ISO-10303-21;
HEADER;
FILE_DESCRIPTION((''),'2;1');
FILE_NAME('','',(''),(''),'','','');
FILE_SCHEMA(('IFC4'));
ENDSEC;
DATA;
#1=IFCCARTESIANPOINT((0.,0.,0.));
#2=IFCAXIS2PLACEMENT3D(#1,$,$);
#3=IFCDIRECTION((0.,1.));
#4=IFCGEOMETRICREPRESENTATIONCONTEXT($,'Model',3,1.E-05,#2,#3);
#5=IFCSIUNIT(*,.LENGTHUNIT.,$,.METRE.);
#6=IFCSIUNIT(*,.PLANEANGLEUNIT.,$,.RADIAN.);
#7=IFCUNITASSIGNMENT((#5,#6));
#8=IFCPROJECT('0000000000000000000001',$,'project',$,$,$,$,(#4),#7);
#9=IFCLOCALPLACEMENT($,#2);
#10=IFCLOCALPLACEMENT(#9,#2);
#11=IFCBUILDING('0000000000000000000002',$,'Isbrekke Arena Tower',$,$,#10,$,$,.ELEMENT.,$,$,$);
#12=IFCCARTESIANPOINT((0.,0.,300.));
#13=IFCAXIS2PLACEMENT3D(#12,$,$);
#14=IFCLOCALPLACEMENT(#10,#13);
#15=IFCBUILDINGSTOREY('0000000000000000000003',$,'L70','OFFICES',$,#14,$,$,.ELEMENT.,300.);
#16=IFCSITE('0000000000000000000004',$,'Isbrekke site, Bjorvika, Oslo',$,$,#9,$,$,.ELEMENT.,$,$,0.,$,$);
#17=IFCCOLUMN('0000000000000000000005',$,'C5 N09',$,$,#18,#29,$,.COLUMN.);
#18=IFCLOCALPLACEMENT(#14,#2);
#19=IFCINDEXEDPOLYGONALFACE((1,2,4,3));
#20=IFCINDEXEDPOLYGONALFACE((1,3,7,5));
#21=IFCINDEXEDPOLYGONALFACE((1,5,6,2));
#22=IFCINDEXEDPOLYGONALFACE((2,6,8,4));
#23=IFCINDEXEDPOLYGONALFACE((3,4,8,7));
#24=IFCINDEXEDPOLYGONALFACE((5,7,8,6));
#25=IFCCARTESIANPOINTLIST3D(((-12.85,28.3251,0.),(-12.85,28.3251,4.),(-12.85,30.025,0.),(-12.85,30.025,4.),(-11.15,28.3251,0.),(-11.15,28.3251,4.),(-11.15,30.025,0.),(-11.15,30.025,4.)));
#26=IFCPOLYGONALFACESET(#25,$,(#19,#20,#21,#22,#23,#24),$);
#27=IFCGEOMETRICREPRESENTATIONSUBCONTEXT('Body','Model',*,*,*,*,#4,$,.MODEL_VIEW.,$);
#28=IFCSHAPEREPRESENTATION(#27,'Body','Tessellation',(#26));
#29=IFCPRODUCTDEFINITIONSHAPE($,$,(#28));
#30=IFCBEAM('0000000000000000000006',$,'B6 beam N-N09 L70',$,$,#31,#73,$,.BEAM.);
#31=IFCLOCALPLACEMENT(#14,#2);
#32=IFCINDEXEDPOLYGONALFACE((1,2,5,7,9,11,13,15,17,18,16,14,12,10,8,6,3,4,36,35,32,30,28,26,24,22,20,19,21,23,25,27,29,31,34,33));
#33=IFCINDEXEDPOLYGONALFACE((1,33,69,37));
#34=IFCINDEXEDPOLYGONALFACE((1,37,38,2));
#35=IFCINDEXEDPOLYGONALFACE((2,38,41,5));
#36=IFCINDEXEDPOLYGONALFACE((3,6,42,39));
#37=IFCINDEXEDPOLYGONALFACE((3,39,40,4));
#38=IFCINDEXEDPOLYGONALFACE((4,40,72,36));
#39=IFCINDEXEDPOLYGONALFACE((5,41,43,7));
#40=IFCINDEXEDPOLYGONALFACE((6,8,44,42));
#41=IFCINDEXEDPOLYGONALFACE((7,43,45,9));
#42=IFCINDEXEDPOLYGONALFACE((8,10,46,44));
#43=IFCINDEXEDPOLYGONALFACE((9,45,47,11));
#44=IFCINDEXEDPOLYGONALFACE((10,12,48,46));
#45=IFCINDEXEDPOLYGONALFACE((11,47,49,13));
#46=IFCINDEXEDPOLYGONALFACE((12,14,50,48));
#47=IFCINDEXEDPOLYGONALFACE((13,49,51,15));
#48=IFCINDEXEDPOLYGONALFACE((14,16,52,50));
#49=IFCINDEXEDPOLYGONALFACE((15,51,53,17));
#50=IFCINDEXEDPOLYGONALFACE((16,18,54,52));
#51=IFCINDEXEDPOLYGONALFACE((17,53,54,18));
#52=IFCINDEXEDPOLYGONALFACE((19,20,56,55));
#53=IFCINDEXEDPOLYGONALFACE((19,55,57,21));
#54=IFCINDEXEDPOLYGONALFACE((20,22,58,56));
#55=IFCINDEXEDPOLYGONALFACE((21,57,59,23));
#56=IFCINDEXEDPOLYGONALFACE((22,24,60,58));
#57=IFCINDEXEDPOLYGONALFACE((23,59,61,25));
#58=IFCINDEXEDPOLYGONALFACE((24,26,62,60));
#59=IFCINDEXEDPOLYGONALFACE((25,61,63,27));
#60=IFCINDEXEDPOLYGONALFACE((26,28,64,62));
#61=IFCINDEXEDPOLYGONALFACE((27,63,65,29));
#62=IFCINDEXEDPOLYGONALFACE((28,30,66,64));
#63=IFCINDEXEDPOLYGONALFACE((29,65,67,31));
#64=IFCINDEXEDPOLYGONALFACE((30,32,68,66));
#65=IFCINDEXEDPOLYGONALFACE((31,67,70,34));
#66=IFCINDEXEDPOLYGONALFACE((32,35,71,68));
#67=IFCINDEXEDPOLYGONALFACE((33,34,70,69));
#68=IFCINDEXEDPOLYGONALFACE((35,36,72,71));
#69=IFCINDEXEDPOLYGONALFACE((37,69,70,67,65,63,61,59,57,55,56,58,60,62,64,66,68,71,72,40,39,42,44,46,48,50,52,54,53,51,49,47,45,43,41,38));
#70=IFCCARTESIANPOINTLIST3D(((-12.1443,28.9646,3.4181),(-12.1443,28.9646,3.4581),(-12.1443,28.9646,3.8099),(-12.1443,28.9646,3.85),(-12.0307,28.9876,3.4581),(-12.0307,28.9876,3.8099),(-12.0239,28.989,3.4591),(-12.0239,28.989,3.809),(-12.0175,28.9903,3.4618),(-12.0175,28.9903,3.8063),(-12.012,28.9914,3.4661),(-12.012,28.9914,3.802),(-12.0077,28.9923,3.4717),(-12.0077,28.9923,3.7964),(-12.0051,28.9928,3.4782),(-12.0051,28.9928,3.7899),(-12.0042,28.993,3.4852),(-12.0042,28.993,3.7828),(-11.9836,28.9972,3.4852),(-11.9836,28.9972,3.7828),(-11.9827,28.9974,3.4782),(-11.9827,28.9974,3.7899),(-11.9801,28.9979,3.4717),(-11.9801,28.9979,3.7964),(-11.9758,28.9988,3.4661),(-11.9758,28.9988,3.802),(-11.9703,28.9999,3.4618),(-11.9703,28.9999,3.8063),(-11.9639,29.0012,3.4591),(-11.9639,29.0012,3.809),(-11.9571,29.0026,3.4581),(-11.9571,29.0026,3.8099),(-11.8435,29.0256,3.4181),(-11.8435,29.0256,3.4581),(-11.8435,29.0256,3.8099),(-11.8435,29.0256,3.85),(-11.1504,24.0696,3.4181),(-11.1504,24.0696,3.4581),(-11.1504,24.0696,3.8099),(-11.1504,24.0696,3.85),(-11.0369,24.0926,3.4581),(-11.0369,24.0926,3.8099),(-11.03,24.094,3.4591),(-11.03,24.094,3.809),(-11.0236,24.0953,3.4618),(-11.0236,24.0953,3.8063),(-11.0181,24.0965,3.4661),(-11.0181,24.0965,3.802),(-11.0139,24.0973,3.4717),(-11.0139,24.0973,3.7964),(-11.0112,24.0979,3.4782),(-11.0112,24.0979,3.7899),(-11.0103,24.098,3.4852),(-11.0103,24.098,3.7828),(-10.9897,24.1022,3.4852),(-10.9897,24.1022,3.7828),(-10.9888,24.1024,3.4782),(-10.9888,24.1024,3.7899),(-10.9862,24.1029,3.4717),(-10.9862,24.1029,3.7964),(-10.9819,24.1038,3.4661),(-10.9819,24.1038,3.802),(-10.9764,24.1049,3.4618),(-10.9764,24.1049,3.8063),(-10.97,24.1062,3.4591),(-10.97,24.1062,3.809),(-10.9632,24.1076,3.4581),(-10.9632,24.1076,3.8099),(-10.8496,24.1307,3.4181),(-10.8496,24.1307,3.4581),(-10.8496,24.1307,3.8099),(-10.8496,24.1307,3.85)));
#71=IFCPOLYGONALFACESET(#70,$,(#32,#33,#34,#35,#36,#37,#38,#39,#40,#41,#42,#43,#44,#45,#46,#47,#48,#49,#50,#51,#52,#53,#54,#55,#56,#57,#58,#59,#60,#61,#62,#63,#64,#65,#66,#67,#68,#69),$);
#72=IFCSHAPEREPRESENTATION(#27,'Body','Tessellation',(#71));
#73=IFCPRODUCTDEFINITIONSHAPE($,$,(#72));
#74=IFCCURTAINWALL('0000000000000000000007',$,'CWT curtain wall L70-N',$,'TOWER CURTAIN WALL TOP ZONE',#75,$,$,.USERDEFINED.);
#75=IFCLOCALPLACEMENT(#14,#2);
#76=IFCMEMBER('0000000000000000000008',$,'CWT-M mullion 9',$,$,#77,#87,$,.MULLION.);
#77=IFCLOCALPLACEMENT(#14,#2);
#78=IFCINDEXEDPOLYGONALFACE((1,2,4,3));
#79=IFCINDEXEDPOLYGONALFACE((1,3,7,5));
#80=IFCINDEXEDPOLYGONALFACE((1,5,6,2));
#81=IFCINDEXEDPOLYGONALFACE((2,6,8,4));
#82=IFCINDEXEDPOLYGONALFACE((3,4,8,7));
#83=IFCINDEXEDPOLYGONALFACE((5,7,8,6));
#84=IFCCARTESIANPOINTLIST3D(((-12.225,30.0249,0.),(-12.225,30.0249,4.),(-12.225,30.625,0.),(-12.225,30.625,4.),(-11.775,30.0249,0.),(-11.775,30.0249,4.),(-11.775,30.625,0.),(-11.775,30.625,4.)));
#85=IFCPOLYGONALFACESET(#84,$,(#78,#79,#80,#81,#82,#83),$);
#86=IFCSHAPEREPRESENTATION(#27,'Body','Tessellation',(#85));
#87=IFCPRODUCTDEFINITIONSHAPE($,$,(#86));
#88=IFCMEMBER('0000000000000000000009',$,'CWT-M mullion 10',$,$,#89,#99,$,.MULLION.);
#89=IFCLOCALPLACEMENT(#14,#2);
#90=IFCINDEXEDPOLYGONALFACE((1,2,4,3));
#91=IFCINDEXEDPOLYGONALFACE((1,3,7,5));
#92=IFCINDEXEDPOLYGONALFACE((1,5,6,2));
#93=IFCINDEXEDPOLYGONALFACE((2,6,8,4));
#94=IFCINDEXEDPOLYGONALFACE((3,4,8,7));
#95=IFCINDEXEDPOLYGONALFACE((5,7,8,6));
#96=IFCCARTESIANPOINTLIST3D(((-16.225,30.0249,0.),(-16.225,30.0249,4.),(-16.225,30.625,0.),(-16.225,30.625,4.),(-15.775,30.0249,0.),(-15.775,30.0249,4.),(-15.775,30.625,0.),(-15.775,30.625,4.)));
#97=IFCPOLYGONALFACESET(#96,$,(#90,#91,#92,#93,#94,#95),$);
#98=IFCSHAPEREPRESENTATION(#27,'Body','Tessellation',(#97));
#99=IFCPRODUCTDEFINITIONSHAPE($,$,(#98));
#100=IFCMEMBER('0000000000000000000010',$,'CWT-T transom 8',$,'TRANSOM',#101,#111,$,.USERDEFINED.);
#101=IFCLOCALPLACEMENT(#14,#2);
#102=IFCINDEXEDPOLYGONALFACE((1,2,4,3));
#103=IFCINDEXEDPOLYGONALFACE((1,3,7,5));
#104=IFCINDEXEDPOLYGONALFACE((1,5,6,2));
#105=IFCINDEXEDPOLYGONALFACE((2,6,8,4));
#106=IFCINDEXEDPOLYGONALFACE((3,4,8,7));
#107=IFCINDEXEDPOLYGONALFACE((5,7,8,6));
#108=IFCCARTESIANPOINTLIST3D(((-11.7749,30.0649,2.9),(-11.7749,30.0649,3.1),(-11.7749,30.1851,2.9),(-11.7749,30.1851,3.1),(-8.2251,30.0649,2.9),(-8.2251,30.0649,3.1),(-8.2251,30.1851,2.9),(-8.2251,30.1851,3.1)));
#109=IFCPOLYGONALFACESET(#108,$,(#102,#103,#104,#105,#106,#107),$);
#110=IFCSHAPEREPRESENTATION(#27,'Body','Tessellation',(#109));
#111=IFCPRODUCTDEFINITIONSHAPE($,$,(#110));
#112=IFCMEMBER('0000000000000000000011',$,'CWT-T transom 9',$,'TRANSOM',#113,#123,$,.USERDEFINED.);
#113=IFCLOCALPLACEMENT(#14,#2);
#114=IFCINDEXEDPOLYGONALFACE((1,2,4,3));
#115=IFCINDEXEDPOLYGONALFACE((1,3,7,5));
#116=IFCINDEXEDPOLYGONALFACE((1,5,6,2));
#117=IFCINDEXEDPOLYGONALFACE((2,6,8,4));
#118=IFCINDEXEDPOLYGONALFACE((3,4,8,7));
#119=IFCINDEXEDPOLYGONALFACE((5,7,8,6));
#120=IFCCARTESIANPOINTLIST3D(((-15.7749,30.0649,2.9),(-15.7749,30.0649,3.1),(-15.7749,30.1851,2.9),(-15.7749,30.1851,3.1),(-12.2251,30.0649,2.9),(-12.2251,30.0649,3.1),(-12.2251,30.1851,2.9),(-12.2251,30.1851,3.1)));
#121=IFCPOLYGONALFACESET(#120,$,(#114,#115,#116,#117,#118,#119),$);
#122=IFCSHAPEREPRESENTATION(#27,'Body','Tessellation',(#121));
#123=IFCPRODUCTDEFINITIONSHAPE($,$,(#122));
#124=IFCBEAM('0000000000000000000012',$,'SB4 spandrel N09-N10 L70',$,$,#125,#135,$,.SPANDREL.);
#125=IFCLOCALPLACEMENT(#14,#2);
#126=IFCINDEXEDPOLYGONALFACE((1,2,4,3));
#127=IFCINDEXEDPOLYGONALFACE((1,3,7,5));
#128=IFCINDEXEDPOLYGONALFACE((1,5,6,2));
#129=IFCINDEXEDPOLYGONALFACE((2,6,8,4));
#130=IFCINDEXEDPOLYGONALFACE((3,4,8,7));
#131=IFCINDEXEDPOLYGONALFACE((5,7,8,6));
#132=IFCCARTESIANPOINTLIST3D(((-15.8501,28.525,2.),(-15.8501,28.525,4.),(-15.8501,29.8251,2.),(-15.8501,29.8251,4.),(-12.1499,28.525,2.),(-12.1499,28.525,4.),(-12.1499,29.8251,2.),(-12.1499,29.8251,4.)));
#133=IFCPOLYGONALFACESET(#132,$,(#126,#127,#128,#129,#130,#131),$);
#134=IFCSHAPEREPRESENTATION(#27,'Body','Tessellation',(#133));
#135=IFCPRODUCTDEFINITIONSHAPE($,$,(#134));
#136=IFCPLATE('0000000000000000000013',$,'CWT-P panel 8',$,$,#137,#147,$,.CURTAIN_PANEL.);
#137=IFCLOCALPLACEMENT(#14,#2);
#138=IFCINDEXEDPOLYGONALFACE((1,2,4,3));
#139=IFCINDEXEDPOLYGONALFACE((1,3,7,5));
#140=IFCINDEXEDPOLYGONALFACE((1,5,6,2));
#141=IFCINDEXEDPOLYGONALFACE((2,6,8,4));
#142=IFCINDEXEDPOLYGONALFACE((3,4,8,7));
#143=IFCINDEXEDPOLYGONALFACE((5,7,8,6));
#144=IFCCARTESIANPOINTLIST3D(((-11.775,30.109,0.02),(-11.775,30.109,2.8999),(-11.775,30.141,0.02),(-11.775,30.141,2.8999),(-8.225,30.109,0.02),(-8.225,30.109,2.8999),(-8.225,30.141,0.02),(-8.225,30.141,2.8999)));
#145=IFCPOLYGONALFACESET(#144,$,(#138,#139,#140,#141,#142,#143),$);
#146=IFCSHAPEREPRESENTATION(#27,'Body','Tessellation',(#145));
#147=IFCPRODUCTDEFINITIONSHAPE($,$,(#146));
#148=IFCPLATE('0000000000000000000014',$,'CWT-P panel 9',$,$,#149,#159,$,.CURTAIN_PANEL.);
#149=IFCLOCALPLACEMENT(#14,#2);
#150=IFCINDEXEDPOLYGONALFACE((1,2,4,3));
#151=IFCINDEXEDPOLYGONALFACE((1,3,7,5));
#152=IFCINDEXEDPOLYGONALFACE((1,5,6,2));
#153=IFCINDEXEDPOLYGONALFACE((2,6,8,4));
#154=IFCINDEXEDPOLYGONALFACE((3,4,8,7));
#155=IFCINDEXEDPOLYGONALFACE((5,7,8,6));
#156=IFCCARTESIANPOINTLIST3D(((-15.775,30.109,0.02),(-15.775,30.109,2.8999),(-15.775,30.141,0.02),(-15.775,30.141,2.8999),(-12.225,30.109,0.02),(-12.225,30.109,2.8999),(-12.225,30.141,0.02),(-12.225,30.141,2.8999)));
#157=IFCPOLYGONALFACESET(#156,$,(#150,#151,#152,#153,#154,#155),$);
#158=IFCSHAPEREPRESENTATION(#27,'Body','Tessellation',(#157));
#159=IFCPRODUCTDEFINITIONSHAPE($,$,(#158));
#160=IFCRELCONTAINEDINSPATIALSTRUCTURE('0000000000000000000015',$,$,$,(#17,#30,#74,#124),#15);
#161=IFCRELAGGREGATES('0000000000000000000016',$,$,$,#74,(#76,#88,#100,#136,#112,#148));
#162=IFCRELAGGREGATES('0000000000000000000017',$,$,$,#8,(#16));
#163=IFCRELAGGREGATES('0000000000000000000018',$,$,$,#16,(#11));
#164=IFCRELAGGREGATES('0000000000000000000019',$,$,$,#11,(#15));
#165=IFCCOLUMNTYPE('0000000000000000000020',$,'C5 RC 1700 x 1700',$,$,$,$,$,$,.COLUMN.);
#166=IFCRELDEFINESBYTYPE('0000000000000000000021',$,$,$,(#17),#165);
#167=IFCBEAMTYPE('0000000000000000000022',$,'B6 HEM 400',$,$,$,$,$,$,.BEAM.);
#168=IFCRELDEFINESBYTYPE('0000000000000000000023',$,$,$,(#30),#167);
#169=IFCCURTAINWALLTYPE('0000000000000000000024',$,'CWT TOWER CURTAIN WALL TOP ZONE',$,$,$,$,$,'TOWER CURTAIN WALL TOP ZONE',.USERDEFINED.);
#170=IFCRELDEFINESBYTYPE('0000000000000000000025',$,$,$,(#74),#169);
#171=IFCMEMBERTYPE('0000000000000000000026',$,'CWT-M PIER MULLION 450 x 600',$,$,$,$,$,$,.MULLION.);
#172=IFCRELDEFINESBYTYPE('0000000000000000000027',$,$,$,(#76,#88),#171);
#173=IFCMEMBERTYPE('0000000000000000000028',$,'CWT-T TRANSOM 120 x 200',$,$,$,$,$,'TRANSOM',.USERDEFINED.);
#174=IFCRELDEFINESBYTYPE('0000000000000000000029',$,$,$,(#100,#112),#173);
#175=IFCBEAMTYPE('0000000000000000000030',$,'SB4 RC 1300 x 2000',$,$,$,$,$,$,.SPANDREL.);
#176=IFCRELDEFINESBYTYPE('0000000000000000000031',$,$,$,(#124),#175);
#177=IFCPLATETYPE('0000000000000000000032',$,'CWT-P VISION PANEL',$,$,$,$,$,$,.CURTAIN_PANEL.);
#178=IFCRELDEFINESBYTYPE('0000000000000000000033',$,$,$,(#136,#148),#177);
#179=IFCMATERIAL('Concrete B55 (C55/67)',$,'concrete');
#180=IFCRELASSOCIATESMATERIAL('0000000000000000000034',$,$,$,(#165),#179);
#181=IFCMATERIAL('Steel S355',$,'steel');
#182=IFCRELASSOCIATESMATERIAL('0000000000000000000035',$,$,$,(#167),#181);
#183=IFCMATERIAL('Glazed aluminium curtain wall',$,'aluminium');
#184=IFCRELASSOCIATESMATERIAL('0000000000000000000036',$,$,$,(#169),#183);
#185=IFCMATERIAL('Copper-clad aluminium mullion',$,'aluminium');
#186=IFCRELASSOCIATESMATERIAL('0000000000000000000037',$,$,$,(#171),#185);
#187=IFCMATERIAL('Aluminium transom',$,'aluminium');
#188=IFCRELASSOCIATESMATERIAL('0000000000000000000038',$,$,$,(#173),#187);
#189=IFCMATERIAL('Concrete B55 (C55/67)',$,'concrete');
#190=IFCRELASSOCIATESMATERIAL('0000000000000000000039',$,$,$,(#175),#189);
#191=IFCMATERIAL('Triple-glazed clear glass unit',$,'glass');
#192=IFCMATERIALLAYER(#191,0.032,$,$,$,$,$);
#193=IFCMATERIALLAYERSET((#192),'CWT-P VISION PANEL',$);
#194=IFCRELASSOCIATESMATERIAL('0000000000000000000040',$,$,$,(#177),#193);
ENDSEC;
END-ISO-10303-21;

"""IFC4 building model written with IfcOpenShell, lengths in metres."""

from ifc_helpers import new_model, si_unit, direction, frame, origin, origin_2d, place, context, subcontext, project, spatial, rectangle, i_section, extrude, material, layer, layer_set, material_profile, profile_set, type_object, element, aggregate, save


model = new_model("IFC4")

# Units and contexts
model_context = context("Model", 3, precision=1e-05, world=origin(), true_north=direction((0.0, 1.0)))
body_context = subcontext(model_context, "Body", "Model", "MODEL_VIEW")
ifc_project = project(units=[si_unit("LENGTHUNIT", "METRE"), si_unit("PLANEANGLEUNIT", "RADIAN")], contexts=[model_context])

# Site, building, storey
site_placement = place(None, origin())
site = spatial("IfcSite", under=ifc_project, at=site_placement, Name="Isbrekke site, Bjorvika, Oslo", CompositionType="ELEMENT", RefElevation=0.0)
building_placement = place(site_placement, origin())
building = spatial("IfcBuilding", under=site, at=building_placement, Name="Isbrekke Arena Tower", CompositionType="ELEMENT")
storey_placement = place(building_placement, frame((0.0, 0.0, 300.0)))
storey = spatial("IfcBuildingStorey", under=building, at=storey_placement, Name="L70", Description="OFFICES", CompositionType="ELEMENT", Elevation=300.0)

# Column
ifc_material_1 = material(Name="Concrete B55 (C55/67)", Category="concrete")
ifc_material_profile_1 = material_profile(ifc_material_1, rectangle(XDim=1.7, YDim=1.7, at=origin_2d()), Name="RC 1700x1700")
ifc_profile_set_1 = profile_set([ifc_material_profile_1], Name="Concrete B55 (C55/67)")
column_type = type_object("IfcColumnType", Name="C5 RC 1700 x 1700", PredefinedType="COLUMN", material=ifc_profile_set_1)
column_placement = place(storey_placement, frame((-12.0, 29.175, 0.0), z_axis=(0.0, 0.0, 1.0), x_axis=(-1.0, 0.0, 0.0)))
element("IfcColumn", 1, at=column_placement, inside=storey, type_object=column_type, Name="C5 N09", PredefinedType="COLUMN", context=body_context, shape_type="SweptSolid", body=[
    extrude(rectangle(XDim=1.7, YDim=1.7, at=origin_2d()), origin(), (0.0, 0.0, 1.0), 4.0),
])

# Beam
ifc_material_2 = material(Name="Steel S355", Category="steel")
ifc_material_profile_2 = material_profile(ifc_material_2, i_section(OverallWidth=0.3069, OverallDepth=0.4319, WebThickness=0.021, FlangeThickness=0.04, FilletRadius=0.0271, at=origin_2d()), Name="HEM 400")
ifc_profile_set_2 = profile_set([ifc_material_profile_2], Name="Steel S355")
beam_type_1 = type_object("IfcBeamType", Name="B6 HEM 400", PredefinedType="BEAM", material=ifc_profile_set_2)
beam_1_placement = place(storey_placement, frame((-11.9939, 28.9951, 3.634), z_axis=(0.198982, -0.980003, 0.0), x_axis=(0.980003, 0.198982, 0.0)))
element("IfcBeam", 2, at=beam_1_placement, inside=storey, type_object=beam_type_1, Name="B6 beam N-N09 L70", PredefinedType="BEAM", context=body_context, shape_type="SweptSolid", body=[
    extrude(i_section(OverallWidth=0.3069, OverallDepth=0.4319, WebThickness=0.021, FlangeThickness=0.04, FilletRadius=0.0271, at=origin_2d()), origin(), (0.0, 0.0, 1.0), 4.9949),
])

# Curtain wall, members
ifc_material_3 = material(Name="Glazed aluminium curtain wall", Category="aluminium")
curtain_wall_type = type_object("IfcCurtainWallType", Name="CWT TOWER CURTAIN WALL TOP ZONE", ElementType="TOWER CURTAIN WALL TOP ZONE", PredefinedType="USERDEFINED", material=ifc_material_3)
curtain_wall_placement = place(storey_placement, origin())
curtain_wall = element("IfcCurtainWall", 3, at=curtain_wall_placement, inside=storey, type_object=curtain_wall_type, Name="CWT curtain wall L70-N", ObjectType="TOWER CURTAIN WALL TOP ZONE", PredefinedType="USERDEFINED")
ifc_material_4 = material(Name="Copper-clad aluminium mullion", Category="aluminium")
ifc_material_profile_3 = material_profile(ifc_material_4, rectangle(XDim=0.45, YDim=0.6001, at=origin_2d()), Name="PIER 450X600")
ifc_profile_set_3 = profile_set([ifc_material_profile_3], Name="Copper-clad aluminium mullion")
member_type_1 = type_object("IfcMemberType", Name="CWT-M PIER MULLION 450 x 600", PredefinedType="MULLION", material=ifc_profile_set_3)
member_1_placement = place(storey_placement, frame((-12.0, 30.325, 0.0), z_axis=(0.0, 0.0, 1.0), x_axis=(-1.0, 0.0, 0.0)))
member_1 = element("IfcMember", 4, at=member_1_placement, type_object=member_type_1, Name="CWT-M mullion 9", PredefinedType="MULLION", context=body_context, shape_type="SweptSolid", body=[
    extrude(rectangle(XDim=0.45, YDim=0.6001, at=origin_2d()), origin(), (0.0, 0.0, 1.0), 4.0),
])
member_2_placement = place(storey_placement, frame((-16.0, 30.325, 0.0), z_axis=(0.0, 0.0, 1.0), x_axis=(-1.0, 0.0, 0.0)))
member_2 = element("IfcMember", 5, at=member_2_placement, type_object=member_type_1, Name="CWT-M mullion 10", PredefinedType="MULLION", context=body_context, shape_type="SweptSolid", body=[
    extrude(rectangle(XDim=0.45, YDim=0.6001, at=origin_2d()), origin(), (0.0, 0.0, 1.0), 4.0),
])
ifc_material_5 = material(Name="Aluminium transom", Category="aluminium")
ifc_material_profile_4 = material_profile(ifc_material_5, rectangle(XDim=0.1201, YDim=0.2, at=origin_2d()), Name="TRANSOM 120X200")
ifc_profile_set_4 = profile_set([ifc_material_profile_4], Name="Aluminium transom")
member_type_2 = type_object("IfcMemberType", Name="CWT-T TRANSOM 120 x 200", ElementType="TRANSOM", PredefinedType="USERDEFINED", material=ifc_profile_set_4)
member_3_placement = place(storey_placement, frame((-8.2251, 30.125, 3.0), z_axis=(-1.0, 0.0, 0.0), x_axis=(0.0, -1.0, 0.0)))
member_3 = element("IfcMember", 6, at=member_3_placement, type_object=member_type_2, Name="CWT-T transom 8", ObjectType="TRANSOM", PredefinedType="USERDEFINED", context=body_context, shape_type="SweptSolid", body=[
    extrude(rectangle(XDim=0.1201, YDim=0.2, at=origin_2d()), origin(), (0.0, 0.0, 1.0), 3.5498),
])
member_4_placement = place(storey_placement, frame((-12.2251, 30.125, 3.0), z_axis=(-1.0, 0.0, 0.0), x_axis=(0.0, -1.0, 0.0)))
member_4 = element("IfcMember", 7, at=member_4_placement, type_object=member_type_2, Name="CWT-T transom 9", ObjectType="TRANSOM", PredefinedType="USERDEFINED", context=body_context, shape_type="SweptSolid", body=[
    extrude(rectangle(XDim=0.1201, YDim=0.2, at=origin_2d()), origin(), (0.0, 0.0, 1.0), 3.5498),
])

# Beam
ifc_material_6 = material(Name="Concrete B55 (C55/67)", Category="concrete")
ifc_material_profile_5 = material_profile(ifc_material_6, rectangle(XDim=1.3, YDim=2.0, at=origin_2d()), Name="RC 1300x2000")
ifc_profile_set_5 = profile_set([ifc_material_profile_5], Name="Concrete B55 (C55/67)")
beam_type_2 = type_object("IfcBeamType", Name="SB4 RC 1300 x 2000", PredefinedType="SPANDREL", material=ifc_profile_set_5)
beam_2_placement = place(storey_placement, frame((-12.1499, 29.175, 3.0), z_axis=(-1.0, 0.0, 0.0), x_axis=(0.0, -1.0, 0.0)))
element("IfcBeam", 8, at=beam_2_placement, inside=storey, type_object=beam_type_2, Name="SB4 spandrel N09-N10 L70", PredefinedType="SPANDREL", context=body_context, shape_type="SweptSolid", body=[
    extrude(rectangle(XDim=1.3, YDim=2.0, at=origin_2d()), origin(), (0.0, 0.0, 1.0), 3.7002),
])

# Plates
ifc_material_7 = material(Name="Triple-glazed clear glass unit", Category="glass")
ifc_layer_1 = layer(ifc_material_7, 0.032)
ifc_layer_set_1 = layer_set([ifc_layer_1], Name="CWT-P VISION PANEL")
plate_type = type_object("IfcPlateType", Name="CWT-P VISION PANEL", PredefinedType="CURTAIN_PANEL", material=ifc_layer_set_1)
plate_1_placement = place(storey_placement, frame((-10.0, 30.125, 0.02), z_axis=(0.0, 0.0, 1.0), x_axis=(-1.0, 0.0, 0.0)))
plate_1 = element("IfcPlate", 9, at=plate_1_placement, type_object=plate_type, Name="CWT-P panel 8", PredefinedType="CURTAIN_PANEL", context=body_context, shape_type="SweptSolid", body=[
    extrude(rectangle(XDim=3.55, YDim=0.032, at=origin_2d()), origin(), (0.0, 0.0, 1.0), 2.8799),
])
plate_2_placement = place(storey_placement, frame((-14.0, 30.125, 0.02), z_axis=(0.0, 0.0, 1.0), x_axis=(-1.0, 0.0, 0.0)))
plate_2 = element("IfcPlate", 10, at=plate_2_placement, type_object=plate_type, Name="CWT-P panel 9", PredefinedType="CURTAIN_PANEL", context=body_context, shape_type="SweptSolid", body=[
    extrude(rectangle(XDim=3.55, YDim=0.032, at=origin_2d()), origin(), (0.0, 0.0, 1.0), 2.8799),
])
aggregate(curtain_wall, [member_1, member_2, member_3, plate_1, member_4, plate_2])

save(model, "model.ifc")
